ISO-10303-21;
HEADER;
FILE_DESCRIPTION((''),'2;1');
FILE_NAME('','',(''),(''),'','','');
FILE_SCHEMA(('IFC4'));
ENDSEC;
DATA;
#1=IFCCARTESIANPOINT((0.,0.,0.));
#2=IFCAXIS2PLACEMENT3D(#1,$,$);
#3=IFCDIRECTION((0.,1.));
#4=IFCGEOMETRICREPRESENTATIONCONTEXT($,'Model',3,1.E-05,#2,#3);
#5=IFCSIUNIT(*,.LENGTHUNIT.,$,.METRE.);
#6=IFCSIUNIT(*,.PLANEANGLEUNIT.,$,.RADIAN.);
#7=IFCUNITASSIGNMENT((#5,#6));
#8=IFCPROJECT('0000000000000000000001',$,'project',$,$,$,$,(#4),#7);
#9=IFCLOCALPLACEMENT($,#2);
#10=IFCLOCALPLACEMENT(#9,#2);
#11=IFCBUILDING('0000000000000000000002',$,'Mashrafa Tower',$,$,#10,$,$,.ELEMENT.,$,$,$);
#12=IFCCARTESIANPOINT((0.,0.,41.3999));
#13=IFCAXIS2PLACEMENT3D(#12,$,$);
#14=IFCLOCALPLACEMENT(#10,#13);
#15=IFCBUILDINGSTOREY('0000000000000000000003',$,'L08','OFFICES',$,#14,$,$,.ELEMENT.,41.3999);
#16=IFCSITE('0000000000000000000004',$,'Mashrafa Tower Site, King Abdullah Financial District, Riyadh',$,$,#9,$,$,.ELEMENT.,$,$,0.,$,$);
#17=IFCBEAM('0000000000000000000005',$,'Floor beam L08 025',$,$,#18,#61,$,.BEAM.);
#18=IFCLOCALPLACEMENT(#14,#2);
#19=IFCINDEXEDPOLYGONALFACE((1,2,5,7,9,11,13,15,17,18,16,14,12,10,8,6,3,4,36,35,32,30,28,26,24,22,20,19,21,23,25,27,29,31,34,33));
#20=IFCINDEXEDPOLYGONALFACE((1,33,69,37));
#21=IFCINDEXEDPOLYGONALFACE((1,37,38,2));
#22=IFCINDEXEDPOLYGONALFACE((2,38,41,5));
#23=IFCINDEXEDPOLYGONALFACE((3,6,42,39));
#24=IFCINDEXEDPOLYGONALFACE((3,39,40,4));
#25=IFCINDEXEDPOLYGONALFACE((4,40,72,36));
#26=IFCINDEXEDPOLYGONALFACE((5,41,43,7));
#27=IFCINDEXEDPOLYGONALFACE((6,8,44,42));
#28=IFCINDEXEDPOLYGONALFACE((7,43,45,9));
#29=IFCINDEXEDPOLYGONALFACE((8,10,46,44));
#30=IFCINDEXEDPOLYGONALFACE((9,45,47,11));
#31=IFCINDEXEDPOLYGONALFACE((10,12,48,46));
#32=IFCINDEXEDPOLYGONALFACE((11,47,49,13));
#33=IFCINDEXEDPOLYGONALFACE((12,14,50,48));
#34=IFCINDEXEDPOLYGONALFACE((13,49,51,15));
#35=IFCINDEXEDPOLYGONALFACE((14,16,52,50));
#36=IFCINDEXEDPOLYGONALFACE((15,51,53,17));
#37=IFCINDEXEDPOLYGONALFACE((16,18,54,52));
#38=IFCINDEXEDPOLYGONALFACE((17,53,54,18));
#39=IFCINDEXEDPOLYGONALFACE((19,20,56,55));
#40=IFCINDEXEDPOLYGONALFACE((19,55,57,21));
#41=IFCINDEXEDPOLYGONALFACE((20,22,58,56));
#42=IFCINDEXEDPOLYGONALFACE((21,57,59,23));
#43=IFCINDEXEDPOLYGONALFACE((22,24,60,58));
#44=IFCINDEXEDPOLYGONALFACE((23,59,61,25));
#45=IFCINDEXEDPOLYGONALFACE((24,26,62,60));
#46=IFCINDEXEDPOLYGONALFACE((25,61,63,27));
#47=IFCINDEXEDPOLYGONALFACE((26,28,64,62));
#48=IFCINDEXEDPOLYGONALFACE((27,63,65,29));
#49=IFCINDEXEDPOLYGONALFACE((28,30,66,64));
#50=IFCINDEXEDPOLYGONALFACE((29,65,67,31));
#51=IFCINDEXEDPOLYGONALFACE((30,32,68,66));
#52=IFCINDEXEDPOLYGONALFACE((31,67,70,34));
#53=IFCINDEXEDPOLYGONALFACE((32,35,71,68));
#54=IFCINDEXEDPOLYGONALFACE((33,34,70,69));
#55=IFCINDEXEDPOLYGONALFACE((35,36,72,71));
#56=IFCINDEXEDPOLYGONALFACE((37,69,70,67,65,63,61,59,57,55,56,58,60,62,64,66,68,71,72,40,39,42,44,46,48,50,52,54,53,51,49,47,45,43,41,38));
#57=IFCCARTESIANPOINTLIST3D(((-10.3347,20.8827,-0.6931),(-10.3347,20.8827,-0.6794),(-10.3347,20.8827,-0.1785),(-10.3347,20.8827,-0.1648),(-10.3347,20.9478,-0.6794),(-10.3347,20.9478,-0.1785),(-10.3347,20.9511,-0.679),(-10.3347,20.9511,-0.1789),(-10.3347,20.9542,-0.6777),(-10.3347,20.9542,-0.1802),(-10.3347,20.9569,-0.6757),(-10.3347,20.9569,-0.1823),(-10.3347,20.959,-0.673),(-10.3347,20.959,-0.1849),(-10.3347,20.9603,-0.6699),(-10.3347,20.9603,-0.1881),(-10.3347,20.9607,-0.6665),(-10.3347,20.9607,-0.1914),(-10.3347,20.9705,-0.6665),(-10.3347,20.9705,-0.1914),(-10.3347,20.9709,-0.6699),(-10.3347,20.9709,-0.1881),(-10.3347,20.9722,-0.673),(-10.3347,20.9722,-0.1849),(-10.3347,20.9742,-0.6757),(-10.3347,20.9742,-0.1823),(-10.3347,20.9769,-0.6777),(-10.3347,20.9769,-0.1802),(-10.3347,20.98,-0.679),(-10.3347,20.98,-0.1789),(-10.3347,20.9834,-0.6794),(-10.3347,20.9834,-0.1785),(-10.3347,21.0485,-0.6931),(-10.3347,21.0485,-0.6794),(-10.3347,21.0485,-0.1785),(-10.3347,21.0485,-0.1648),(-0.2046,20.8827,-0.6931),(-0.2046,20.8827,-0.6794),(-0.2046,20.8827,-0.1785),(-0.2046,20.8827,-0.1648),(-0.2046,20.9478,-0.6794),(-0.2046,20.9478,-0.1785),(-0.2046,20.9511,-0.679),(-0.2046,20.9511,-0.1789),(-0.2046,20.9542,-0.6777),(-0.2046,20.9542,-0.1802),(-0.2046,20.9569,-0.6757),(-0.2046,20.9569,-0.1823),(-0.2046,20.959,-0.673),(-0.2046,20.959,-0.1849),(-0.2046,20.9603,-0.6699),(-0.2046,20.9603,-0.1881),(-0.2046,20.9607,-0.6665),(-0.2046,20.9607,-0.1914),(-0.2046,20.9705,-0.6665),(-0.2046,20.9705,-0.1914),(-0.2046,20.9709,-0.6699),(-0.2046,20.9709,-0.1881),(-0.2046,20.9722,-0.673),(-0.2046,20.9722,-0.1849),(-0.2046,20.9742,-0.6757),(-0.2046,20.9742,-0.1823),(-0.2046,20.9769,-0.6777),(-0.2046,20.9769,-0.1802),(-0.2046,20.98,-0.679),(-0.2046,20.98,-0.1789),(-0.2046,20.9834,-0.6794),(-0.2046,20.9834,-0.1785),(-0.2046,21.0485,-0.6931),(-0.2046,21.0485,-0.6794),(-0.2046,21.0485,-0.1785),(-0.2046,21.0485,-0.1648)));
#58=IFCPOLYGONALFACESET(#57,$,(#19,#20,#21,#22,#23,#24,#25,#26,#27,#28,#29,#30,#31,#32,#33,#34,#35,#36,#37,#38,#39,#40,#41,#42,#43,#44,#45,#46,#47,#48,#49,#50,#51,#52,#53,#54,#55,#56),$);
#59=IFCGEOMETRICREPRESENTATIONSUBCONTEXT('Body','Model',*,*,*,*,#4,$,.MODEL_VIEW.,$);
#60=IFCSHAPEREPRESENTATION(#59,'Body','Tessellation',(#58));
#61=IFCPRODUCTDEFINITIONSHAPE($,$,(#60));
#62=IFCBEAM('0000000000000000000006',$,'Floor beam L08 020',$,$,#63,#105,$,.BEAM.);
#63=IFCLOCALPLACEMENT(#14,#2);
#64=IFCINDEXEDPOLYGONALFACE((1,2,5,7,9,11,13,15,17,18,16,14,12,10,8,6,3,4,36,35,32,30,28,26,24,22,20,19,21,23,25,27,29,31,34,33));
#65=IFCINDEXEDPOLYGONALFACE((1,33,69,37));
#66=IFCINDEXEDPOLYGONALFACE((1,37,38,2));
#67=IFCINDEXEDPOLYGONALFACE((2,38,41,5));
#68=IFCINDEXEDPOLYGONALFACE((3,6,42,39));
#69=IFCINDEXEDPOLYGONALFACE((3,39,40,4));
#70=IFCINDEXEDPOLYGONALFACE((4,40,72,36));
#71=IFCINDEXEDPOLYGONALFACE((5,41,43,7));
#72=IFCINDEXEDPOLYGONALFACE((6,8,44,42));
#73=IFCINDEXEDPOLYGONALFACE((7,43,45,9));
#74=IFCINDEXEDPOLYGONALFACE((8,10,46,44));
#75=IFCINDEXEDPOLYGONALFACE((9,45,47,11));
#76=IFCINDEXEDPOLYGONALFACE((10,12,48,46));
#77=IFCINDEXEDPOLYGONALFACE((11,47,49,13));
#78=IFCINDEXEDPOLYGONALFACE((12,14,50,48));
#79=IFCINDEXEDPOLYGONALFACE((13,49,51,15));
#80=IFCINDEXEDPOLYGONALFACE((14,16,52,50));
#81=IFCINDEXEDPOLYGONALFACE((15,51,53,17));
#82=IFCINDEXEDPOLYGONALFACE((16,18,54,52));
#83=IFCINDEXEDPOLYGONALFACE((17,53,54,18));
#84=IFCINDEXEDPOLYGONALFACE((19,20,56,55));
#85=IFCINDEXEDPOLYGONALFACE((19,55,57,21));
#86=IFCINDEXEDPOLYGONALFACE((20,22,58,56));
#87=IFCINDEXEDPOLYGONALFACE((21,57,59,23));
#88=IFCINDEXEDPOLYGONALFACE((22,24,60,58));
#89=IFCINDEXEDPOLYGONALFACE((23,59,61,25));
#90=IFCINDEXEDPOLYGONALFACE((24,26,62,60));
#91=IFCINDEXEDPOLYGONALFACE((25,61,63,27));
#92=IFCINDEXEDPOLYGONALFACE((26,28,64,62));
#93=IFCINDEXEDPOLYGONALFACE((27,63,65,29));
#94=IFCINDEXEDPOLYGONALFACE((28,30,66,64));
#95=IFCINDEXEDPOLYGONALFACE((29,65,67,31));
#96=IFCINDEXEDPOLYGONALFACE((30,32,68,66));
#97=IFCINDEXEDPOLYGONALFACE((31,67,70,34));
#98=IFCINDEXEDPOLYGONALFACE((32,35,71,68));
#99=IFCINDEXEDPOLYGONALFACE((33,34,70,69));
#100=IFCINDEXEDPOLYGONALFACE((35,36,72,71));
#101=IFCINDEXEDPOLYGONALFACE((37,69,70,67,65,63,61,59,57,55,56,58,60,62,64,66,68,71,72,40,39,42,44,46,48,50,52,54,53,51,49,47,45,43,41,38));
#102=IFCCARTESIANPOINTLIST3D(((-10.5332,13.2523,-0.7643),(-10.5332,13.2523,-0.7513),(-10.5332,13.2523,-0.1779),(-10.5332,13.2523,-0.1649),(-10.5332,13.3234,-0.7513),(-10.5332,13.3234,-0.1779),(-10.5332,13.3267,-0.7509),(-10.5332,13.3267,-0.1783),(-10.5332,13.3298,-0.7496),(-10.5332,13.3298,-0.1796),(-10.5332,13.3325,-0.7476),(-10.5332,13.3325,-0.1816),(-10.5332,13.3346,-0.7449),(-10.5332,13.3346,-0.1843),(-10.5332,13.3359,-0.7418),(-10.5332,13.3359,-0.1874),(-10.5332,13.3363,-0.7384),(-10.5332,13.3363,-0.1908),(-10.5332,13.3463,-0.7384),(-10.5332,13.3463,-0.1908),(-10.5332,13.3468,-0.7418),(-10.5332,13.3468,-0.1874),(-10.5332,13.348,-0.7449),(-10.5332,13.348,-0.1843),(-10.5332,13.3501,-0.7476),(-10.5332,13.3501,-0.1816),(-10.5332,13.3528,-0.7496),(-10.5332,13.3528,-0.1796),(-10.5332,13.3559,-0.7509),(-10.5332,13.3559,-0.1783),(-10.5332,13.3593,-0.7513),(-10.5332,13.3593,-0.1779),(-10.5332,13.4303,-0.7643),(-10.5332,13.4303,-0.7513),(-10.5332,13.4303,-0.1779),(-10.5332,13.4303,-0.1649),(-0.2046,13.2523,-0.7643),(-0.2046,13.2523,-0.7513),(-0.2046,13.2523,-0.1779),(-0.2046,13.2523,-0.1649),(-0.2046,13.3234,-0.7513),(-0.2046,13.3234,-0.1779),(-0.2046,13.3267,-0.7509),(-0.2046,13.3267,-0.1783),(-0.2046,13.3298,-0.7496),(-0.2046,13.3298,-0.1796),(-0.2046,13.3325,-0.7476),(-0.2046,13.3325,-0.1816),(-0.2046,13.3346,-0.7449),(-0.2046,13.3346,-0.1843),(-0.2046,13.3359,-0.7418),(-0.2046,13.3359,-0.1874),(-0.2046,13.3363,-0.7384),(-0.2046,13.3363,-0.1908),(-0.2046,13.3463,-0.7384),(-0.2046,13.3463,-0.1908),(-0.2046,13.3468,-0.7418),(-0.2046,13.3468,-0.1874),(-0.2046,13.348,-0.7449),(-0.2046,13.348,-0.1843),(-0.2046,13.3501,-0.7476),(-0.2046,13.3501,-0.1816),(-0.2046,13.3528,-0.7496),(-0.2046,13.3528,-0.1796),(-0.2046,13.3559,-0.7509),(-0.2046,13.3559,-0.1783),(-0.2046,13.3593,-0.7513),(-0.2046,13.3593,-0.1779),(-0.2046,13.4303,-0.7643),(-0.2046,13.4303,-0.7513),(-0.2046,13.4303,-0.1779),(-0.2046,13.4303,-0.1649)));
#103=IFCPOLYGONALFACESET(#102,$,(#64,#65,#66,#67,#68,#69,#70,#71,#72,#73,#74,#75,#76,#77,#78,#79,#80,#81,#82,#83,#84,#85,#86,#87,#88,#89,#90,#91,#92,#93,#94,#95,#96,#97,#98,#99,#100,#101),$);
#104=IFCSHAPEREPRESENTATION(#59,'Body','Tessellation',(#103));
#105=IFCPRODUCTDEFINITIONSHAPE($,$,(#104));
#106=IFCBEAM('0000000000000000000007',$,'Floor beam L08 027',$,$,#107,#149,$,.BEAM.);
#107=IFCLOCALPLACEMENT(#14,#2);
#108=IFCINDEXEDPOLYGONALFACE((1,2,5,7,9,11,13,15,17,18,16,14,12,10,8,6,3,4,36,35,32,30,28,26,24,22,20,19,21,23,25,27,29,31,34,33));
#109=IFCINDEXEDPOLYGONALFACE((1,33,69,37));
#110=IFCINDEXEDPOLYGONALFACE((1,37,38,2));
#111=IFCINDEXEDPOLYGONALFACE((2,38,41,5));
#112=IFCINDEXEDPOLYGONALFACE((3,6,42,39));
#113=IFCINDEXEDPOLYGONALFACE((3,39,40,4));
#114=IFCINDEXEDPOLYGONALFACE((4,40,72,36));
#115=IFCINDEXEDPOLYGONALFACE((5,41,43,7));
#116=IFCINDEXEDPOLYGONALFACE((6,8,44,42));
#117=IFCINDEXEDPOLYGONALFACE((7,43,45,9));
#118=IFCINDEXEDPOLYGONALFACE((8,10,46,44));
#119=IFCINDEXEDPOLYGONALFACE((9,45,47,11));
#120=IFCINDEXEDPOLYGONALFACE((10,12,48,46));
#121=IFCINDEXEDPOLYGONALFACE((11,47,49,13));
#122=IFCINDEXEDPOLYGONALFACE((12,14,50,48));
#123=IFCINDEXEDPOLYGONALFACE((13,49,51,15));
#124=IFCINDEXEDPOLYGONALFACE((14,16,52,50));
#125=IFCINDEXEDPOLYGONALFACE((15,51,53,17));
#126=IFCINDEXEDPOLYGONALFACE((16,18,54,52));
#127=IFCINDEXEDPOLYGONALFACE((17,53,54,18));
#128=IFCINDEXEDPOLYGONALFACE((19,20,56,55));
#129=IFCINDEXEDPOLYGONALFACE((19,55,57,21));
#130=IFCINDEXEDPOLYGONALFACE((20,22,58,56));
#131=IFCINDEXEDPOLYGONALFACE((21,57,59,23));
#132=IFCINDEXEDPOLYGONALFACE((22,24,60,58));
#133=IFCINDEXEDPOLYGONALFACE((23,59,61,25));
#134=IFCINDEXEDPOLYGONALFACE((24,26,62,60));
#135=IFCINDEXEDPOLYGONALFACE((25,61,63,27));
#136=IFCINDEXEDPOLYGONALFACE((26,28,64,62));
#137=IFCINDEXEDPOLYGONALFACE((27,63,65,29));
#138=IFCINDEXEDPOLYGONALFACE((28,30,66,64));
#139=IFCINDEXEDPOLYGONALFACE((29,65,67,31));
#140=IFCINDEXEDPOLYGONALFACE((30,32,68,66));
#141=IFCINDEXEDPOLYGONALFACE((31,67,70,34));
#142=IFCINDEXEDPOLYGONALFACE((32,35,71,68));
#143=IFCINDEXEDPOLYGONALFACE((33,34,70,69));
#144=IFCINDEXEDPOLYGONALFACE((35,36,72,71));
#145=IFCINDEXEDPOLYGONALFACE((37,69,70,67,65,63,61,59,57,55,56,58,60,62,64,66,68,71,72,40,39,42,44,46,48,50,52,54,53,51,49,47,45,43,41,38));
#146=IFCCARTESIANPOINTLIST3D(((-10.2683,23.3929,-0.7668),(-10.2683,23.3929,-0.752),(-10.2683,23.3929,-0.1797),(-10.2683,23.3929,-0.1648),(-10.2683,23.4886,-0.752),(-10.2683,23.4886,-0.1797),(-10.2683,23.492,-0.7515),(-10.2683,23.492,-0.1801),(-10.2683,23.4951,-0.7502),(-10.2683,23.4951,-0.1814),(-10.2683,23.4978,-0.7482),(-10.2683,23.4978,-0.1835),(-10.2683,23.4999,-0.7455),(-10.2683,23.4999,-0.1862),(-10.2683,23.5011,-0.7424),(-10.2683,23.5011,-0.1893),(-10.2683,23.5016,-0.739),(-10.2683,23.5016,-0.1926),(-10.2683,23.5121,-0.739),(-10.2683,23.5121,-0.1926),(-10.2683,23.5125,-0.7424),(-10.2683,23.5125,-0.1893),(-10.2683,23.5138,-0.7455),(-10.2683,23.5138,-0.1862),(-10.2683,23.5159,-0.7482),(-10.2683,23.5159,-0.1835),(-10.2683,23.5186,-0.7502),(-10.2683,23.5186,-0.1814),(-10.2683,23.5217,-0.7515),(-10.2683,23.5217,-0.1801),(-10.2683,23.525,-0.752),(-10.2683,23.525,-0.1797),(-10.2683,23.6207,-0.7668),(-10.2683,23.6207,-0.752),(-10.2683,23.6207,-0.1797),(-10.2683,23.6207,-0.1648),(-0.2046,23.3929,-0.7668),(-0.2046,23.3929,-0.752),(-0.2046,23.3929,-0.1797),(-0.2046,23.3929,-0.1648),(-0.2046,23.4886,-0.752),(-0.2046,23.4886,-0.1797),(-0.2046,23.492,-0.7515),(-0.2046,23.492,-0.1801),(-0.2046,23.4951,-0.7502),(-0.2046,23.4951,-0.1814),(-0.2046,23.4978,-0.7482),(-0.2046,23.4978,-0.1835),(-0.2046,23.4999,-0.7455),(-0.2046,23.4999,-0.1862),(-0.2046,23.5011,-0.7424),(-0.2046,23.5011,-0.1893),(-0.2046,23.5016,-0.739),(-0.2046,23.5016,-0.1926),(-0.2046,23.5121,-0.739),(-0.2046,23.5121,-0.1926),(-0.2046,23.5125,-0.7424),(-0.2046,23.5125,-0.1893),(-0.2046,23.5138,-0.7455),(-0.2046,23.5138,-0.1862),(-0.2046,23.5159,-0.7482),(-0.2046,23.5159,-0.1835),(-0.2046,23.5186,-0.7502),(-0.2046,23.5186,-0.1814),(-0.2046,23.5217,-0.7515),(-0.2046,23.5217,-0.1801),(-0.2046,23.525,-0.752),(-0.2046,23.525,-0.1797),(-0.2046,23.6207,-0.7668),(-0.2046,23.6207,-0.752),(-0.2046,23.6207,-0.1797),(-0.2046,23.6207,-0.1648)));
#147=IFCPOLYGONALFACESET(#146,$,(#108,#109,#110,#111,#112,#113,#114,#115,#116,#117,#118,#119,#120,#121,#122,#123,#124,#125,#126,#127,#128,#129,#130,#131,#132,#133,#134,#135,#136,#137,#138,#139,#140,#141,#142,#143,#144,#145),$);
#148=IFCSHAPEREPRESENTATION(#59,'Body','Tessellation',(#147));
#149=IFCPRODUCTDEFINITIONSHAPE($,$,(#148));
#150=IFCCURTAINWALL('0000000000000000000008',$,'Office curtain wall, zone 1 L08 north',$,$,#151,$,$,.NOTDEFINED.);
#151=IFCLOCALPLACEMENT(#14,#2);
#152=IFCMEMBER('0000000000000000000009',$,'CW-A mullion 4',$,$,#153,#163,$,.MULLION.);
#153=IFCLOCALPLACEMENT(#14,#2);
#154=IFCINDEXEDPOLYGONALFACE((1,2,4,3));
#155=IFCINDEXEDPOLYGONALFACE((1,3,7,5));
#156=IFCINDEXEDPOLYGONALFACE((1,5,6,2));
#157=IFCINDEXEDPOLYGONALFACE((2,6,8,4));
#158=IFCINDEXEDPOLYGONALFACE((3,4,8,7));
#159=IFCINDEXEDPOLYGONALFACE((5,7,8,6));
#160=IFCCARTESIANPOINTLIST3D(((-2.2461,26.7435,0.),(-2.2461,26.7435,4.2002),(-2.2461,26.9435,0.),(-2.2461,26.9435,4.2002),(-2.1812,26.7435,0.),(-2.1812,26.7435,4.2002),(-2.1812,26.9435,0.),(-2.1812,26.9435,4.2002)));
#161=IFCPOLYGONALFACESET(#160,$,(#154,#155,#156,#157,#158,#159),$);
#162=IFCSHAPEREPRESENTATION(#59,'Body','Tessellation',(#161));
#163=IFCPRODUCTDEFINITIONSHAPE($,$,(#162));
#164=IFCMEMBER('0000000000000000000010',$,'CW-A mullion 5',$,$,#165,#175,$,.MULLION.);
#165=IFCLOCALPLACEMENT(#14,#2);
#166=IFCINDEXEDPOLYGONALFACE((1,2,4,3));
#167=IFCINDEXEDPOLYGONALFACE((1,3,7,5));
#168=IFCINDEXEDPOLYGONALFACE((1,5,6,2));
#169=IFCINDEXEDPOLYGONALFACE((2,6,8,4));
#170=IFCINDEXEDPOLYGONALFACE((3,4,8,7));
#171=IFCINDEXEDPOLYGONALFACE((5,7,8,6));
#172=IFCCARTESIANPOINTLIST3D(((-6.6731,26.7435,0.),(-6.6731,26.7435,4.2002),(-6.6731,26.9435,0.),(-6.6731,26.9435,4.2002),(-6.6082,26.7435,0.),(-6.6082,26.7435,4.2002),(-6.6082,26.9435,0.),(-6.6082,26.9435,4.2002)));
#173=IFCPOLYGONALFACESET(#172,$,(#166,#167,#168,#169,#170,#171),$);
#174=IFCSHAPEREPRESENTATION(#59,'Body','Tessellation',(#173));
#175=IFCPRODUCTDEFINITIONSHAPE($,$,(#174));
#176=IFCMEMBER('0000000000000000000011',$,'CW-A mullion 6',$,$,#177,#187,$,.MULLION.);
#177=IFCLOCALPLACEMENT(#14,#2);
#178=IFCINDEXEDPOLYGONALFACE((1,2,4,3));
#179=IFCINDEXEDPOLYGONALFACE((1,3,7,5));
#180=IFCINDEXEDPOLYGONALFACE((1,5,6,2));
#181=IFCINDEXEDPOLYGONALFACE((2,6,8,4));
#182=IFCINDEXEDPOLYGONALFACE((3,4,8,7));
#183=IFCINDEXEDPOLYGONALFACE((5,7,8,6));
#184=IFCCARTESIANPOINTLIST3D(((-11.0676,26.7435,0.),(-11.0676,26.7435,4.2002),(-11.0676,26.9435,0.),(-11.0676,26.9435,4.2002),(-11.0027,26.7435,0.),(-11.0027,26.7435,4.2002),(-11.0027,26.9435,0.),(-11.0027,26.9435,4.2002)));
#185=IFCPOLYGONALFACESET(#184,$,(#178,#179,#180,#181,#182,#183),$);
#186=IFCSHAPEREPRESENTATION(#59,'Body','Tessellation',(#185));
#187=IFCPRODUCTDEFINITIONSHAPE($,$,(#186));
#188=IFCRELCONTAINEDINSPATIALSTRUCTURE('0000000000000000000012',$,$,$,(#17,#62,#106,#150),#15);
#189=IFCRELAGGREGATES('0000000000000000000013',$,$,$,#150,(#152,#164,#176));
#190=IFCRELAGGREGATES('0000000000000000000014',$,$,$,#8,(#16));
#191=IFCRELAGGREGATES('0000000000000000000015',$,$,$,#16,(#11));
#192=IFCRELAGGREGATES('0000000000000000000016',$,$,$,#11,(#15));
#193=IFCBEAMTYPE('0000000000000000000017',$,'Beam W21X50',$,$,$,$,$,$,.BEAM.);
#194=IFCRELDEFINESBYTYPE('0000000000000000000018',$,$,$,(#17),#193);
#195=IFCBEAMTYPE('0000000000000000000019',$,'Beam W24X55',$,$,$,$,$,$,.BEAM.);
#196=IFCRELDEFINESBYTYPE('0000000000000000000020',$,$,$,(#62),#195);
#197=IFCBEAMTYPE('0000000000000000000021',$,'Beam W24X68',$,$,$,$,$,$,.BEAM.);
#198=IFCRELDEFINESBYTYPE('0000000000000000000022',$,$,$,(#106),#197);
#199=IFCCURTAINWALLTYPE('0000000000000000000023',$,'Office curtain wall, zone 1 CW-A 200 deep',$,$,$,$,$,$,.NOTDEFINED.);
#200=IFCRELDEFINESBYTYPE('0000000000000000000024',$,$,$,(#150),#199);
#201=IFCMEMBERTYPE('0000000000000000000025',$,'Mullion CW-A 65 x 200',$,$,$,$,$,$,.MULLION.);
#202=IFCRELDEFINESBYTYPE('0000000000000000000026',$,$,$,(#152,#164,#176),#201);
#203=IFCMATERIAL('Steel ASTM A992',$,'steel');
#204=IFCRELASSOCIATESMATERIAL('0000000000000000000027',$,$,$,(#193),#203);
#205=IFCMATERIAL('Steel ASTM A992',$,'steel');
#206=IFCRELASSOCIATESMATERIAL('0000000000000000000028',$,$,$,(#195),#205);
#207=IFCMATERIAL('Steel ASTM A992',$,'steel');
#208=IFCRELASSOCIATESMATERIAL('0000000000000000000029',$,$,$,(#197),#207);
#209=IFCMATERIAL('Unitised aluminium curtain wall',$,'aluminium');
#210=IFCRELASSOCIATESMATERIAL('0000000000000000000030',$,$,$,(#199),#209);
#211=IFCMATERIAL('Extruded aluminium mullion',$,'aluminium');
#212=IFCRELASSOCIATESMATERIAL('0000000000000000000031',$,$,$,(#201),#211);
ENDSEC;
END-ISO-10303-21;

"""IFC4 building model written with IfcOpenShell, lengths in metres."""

from ifc_helpers import new_model, si_unit, direction, frame, origin, origin_2d, place, context, subcontext, project, spatial, rectangle, i_section, extrude, source, transform, mapped, material, material_profile, profile_set, type_object, type_shapes, element, aggregate, save


model = new_model("IFC4")

# Units and contexts
model_context = context("Model", 3, precision=1e-05, world=origin(), true_north=direction((0.0, 1.0)))
body_context = subcontext(model_context, "Body", "Model", "MODEL_VIEW")
ifc_project = project(units=[si_unit("LENGTHUNIT", "METRE"), si_unit("PLANEANGLEUNIT", "RADIAN")], contexts=[model_context])

# Site, building, storey
site_placement = place(None, origin())
site = spatial("IfcSite", under=ifc_project, at=site_placement, Name="Mashrafa Tower Site, King Abdullah Financial District, Riyadh", CompositionType="ELEMENT", RefElevation=0.0)
building_placement = place(site_placement, origin())
building = spatial("IfcBuilding", under=site, at=building_placement, Name="Mashrafa Tower", CompositionType="ELEMENT")
storey_placement = place(building_placement, frame((0.0, 0.0, 41.3999)))
storey = spatial("IfcBuildingStorey", under=building, at=storey_placement, Name="L08", Description="OFFICES", CompositionType="ELEMENT", Elevation=41.3999)

# Beams
ifc_material_1 = material(Name="Steel ASTM A992", Category="steel")
ifc_material_profile_1 = material_profile(ifc_material_1, i_section(OverallWidth=0.1658, OverallDepth=0.5283, WebThickness=0.0098, FlangeThickness=0.0137, FilletRadius=0.0129, at=origin_2d()), Name="W21X50")
ifc_profile_set_1 = profile_set([ifc_material_profile_1], Name="Steel ASTM A992")
beam_type_1 = type_object("IfcBeamType", Name="Beam W21X50", PredefinedType="BEAM", material=ifc_profile_set_1)
beam_1_placement = place(storey_placement, frame((-10.3347, 20.9656, -0.429), z_axis=(1.0, 0.0, 0.0), x_axis=(0.0, 1.0, 0.0)))
element("IfcBeam", 1, at=beam_1_placement, inside=storey, type_object=beam_type_1, Name="Floor beam L08 025", PredefinedType="BEAM", context=body_context, shape_type="SweptSolid", body=[
    extrude(i_section(OverallWidth=0.1658, OverallDepth=0.5283, WebThickness=0.0098, FlangeThickness=0.0137, FilletRadius=0.0129, at=origin_2d()), origin(), (0.0, 0.0, 1.0), 10.1301),
])
ifc_material_2 = material(Name="Steel ASTM A992", Category="steel")
ifc_material_profile_2 = material_profile(ifc_material_2, i_section(OverallWidth=0.178, OverallDepth=0.5994, WebThickness=0.01, FlangeThickness=0.0129, FilletRadius=0.0129, at=origin_2d()), Name="W24X55")
ifc_profile_set_2 = profile_set([ifc_material_profile_2], Name="Steel ASTM A992")
beam_type_2 = type_object("IfcBeamType", Name="Beam W24X55", PredefinedType="BEAM", material=ifc_profile_set_2)
beam_2_placement = place(storey_placement, frame((-10.5332, 13.3413, -0.4646), z_axis=(1.0, 0.0, 0.0), x_axis=(0.0, 1.0, 0.0)))
element("IfcBeam", 2, at=beam_2_placement, inside=storey, type_object=beam_type_2, Name="Floor beam L08 020", PredefinedType="BEAM", context=body_context, shape_type="SweptSolid", body=[
    extrude(i_section(OverallWidth=0.178, OverallDepth=0.5994, WebThickness=0.01, FlangeThickness=0.0129, FilletRadius=0.0129, at=origin_2d()), origin(), (0.0, 0.0, 1.0), 10.3286),
])
ifc_material_3 = material(Name="Steel ASTM A992", Category="steel")
ifc_material_profile_3 = material_profile(ifc_material_3, i_section(OverallWidth=0.2278, OverallDepth=0.6021, WebThickness=0.0105, FlangeThickness=0.0149, FilletRadius=0.0129, at=origin_2d()), Name="W24X68")
ifc_profile_set_3 = profile_set([ifc_material_profile_3], Name="Steel ASTM A992")
beam_type_3 = type_object("IfcBeamType", Name="Beam W24X68", PredefinedType="BEAM", material=ifc_profile_set_3)
beam_3_placement = place(storey_placement, frame((-10.2683, 23.5068, -0.4658), z_axis=(1.0, 0.0, 0.0), x_axis=(0.0, 1.0, 0.0)))
element("IfcBeam", 3, at=beam_3_placement, inside=storey, type_object=beam_type_3, Name="Floor beam L08 027", PredefinedType="BEAM", context=body_context, shape_type="SweptSolid", body=[
    extrude(i_section(OverallWidth=0.2278, OverallDepth=0.6021, WebThickness=0.0105, FlangeThickness=0.0149, FilletRadius=0.0129, at=origin_2d()), origin(), (0.0, 0.0, 1.0), 10.0637),
])

# Curtain wall, members
ifc_material_4 = material(Name="Unitised aluminium curtain wall", Category="aluminium")
curtain_wall_type = type_object("IfcCurtainWallType", Name="Office curtain wall, zone 1 CW-A 200 deep", PredefinedType="NOTDEFINED", material=ifc_material_4)
curtain_wall_1_placement = place(storey_placement, origin())
curtain_wall_1 = element("IfcCurtainWall", 4, at=curtain_wall_1_placement, inside=storey, type_object=curtain_wall_type, Name="Office curtain wall, zone 1 L08 north", PredefinedType="NOTDEFINED")
ifc_material_5 = material(Name="Extruded aluminium mullion", Category="aluminium")
ifc_material_profile_4 = material_profile(ifc_material_5, rectangle(XDim=0.2, YDim=0.0649, at=origin_2d()), Name="Mullion 65x200")
ifc_profile_set_4 = profile_set([ifc_material_profile_4], Name="Extruded aluminium mullion")
member_type_1 = type_object("IfcMemberType", Name="Mullion CW-A 65 x 200", PredefinedType="MULLION", material=ifc_profile_set_4)
shared_shape_1 = source(origin(), body_context, "Body", "SweptSolid", [
    extrude(rectangle(XDim=0.2, YDim=0.0649, at=origin_2d()), origin(), (0.0, 0.0, 1.0), 4.2002),
])
type_shapes(member_type_1, [shared_shape_1])
member_1_placement = place(storey_placement, frame((-2.2136, 26.8435, 0.0), z_axis=(0.0, 0.0, 1.0), x_axis=(0.0, -1.0, 0.0)))
member_1 = element("IfcMember", 5, at=member_1_placement, type_object=member_type_1, Name="CW-A mullion 4", PredefinedType="MULLION", context=body_context, shape_type="MappedRepresentation", body=[
    mapped(shared_shape_1, transform((0.0, 0.0, 0.0))),
])
member_2_placement = place(storey_placement, frame((-6.6406, 26.8435, 0.0), z_axis=(0.0, 0.0, 1.0), x_axis=(0.0, -1.0, 0.0)))
member_2 = element("IfcMember", 6, at=member_2_placement, type_object=member_type_1, Name="CW-A mullion 5", PredefinedType="MULLION", context=body_context, shape_type="MappedRepresentation", body=[
    mapped(shared_shape_1, transform((0.0, 0.0, 0.0))),
])
member_3_placement = place(storey_placement, frame((-11.0352, 26.8435, 0.0), z_axis=(0.0, 0.0, 1.0), x_axis=(0.0, -1.0, 0.0)))
member_3 = element("IfcMember", 7, at=member_3_placement, type_object=member_type_1, Name="CW-A mullion 6", PredefinedType="MULLION", context=body_context, shape_type="MappedRepresentation", body=[
    mapped(shared_shape_1, transform((0.0, 0.0, 0.0))),
])

aggregate(curtain_wall_1, [member_1, member_2, member_3])

save(model, "model.ifc")
